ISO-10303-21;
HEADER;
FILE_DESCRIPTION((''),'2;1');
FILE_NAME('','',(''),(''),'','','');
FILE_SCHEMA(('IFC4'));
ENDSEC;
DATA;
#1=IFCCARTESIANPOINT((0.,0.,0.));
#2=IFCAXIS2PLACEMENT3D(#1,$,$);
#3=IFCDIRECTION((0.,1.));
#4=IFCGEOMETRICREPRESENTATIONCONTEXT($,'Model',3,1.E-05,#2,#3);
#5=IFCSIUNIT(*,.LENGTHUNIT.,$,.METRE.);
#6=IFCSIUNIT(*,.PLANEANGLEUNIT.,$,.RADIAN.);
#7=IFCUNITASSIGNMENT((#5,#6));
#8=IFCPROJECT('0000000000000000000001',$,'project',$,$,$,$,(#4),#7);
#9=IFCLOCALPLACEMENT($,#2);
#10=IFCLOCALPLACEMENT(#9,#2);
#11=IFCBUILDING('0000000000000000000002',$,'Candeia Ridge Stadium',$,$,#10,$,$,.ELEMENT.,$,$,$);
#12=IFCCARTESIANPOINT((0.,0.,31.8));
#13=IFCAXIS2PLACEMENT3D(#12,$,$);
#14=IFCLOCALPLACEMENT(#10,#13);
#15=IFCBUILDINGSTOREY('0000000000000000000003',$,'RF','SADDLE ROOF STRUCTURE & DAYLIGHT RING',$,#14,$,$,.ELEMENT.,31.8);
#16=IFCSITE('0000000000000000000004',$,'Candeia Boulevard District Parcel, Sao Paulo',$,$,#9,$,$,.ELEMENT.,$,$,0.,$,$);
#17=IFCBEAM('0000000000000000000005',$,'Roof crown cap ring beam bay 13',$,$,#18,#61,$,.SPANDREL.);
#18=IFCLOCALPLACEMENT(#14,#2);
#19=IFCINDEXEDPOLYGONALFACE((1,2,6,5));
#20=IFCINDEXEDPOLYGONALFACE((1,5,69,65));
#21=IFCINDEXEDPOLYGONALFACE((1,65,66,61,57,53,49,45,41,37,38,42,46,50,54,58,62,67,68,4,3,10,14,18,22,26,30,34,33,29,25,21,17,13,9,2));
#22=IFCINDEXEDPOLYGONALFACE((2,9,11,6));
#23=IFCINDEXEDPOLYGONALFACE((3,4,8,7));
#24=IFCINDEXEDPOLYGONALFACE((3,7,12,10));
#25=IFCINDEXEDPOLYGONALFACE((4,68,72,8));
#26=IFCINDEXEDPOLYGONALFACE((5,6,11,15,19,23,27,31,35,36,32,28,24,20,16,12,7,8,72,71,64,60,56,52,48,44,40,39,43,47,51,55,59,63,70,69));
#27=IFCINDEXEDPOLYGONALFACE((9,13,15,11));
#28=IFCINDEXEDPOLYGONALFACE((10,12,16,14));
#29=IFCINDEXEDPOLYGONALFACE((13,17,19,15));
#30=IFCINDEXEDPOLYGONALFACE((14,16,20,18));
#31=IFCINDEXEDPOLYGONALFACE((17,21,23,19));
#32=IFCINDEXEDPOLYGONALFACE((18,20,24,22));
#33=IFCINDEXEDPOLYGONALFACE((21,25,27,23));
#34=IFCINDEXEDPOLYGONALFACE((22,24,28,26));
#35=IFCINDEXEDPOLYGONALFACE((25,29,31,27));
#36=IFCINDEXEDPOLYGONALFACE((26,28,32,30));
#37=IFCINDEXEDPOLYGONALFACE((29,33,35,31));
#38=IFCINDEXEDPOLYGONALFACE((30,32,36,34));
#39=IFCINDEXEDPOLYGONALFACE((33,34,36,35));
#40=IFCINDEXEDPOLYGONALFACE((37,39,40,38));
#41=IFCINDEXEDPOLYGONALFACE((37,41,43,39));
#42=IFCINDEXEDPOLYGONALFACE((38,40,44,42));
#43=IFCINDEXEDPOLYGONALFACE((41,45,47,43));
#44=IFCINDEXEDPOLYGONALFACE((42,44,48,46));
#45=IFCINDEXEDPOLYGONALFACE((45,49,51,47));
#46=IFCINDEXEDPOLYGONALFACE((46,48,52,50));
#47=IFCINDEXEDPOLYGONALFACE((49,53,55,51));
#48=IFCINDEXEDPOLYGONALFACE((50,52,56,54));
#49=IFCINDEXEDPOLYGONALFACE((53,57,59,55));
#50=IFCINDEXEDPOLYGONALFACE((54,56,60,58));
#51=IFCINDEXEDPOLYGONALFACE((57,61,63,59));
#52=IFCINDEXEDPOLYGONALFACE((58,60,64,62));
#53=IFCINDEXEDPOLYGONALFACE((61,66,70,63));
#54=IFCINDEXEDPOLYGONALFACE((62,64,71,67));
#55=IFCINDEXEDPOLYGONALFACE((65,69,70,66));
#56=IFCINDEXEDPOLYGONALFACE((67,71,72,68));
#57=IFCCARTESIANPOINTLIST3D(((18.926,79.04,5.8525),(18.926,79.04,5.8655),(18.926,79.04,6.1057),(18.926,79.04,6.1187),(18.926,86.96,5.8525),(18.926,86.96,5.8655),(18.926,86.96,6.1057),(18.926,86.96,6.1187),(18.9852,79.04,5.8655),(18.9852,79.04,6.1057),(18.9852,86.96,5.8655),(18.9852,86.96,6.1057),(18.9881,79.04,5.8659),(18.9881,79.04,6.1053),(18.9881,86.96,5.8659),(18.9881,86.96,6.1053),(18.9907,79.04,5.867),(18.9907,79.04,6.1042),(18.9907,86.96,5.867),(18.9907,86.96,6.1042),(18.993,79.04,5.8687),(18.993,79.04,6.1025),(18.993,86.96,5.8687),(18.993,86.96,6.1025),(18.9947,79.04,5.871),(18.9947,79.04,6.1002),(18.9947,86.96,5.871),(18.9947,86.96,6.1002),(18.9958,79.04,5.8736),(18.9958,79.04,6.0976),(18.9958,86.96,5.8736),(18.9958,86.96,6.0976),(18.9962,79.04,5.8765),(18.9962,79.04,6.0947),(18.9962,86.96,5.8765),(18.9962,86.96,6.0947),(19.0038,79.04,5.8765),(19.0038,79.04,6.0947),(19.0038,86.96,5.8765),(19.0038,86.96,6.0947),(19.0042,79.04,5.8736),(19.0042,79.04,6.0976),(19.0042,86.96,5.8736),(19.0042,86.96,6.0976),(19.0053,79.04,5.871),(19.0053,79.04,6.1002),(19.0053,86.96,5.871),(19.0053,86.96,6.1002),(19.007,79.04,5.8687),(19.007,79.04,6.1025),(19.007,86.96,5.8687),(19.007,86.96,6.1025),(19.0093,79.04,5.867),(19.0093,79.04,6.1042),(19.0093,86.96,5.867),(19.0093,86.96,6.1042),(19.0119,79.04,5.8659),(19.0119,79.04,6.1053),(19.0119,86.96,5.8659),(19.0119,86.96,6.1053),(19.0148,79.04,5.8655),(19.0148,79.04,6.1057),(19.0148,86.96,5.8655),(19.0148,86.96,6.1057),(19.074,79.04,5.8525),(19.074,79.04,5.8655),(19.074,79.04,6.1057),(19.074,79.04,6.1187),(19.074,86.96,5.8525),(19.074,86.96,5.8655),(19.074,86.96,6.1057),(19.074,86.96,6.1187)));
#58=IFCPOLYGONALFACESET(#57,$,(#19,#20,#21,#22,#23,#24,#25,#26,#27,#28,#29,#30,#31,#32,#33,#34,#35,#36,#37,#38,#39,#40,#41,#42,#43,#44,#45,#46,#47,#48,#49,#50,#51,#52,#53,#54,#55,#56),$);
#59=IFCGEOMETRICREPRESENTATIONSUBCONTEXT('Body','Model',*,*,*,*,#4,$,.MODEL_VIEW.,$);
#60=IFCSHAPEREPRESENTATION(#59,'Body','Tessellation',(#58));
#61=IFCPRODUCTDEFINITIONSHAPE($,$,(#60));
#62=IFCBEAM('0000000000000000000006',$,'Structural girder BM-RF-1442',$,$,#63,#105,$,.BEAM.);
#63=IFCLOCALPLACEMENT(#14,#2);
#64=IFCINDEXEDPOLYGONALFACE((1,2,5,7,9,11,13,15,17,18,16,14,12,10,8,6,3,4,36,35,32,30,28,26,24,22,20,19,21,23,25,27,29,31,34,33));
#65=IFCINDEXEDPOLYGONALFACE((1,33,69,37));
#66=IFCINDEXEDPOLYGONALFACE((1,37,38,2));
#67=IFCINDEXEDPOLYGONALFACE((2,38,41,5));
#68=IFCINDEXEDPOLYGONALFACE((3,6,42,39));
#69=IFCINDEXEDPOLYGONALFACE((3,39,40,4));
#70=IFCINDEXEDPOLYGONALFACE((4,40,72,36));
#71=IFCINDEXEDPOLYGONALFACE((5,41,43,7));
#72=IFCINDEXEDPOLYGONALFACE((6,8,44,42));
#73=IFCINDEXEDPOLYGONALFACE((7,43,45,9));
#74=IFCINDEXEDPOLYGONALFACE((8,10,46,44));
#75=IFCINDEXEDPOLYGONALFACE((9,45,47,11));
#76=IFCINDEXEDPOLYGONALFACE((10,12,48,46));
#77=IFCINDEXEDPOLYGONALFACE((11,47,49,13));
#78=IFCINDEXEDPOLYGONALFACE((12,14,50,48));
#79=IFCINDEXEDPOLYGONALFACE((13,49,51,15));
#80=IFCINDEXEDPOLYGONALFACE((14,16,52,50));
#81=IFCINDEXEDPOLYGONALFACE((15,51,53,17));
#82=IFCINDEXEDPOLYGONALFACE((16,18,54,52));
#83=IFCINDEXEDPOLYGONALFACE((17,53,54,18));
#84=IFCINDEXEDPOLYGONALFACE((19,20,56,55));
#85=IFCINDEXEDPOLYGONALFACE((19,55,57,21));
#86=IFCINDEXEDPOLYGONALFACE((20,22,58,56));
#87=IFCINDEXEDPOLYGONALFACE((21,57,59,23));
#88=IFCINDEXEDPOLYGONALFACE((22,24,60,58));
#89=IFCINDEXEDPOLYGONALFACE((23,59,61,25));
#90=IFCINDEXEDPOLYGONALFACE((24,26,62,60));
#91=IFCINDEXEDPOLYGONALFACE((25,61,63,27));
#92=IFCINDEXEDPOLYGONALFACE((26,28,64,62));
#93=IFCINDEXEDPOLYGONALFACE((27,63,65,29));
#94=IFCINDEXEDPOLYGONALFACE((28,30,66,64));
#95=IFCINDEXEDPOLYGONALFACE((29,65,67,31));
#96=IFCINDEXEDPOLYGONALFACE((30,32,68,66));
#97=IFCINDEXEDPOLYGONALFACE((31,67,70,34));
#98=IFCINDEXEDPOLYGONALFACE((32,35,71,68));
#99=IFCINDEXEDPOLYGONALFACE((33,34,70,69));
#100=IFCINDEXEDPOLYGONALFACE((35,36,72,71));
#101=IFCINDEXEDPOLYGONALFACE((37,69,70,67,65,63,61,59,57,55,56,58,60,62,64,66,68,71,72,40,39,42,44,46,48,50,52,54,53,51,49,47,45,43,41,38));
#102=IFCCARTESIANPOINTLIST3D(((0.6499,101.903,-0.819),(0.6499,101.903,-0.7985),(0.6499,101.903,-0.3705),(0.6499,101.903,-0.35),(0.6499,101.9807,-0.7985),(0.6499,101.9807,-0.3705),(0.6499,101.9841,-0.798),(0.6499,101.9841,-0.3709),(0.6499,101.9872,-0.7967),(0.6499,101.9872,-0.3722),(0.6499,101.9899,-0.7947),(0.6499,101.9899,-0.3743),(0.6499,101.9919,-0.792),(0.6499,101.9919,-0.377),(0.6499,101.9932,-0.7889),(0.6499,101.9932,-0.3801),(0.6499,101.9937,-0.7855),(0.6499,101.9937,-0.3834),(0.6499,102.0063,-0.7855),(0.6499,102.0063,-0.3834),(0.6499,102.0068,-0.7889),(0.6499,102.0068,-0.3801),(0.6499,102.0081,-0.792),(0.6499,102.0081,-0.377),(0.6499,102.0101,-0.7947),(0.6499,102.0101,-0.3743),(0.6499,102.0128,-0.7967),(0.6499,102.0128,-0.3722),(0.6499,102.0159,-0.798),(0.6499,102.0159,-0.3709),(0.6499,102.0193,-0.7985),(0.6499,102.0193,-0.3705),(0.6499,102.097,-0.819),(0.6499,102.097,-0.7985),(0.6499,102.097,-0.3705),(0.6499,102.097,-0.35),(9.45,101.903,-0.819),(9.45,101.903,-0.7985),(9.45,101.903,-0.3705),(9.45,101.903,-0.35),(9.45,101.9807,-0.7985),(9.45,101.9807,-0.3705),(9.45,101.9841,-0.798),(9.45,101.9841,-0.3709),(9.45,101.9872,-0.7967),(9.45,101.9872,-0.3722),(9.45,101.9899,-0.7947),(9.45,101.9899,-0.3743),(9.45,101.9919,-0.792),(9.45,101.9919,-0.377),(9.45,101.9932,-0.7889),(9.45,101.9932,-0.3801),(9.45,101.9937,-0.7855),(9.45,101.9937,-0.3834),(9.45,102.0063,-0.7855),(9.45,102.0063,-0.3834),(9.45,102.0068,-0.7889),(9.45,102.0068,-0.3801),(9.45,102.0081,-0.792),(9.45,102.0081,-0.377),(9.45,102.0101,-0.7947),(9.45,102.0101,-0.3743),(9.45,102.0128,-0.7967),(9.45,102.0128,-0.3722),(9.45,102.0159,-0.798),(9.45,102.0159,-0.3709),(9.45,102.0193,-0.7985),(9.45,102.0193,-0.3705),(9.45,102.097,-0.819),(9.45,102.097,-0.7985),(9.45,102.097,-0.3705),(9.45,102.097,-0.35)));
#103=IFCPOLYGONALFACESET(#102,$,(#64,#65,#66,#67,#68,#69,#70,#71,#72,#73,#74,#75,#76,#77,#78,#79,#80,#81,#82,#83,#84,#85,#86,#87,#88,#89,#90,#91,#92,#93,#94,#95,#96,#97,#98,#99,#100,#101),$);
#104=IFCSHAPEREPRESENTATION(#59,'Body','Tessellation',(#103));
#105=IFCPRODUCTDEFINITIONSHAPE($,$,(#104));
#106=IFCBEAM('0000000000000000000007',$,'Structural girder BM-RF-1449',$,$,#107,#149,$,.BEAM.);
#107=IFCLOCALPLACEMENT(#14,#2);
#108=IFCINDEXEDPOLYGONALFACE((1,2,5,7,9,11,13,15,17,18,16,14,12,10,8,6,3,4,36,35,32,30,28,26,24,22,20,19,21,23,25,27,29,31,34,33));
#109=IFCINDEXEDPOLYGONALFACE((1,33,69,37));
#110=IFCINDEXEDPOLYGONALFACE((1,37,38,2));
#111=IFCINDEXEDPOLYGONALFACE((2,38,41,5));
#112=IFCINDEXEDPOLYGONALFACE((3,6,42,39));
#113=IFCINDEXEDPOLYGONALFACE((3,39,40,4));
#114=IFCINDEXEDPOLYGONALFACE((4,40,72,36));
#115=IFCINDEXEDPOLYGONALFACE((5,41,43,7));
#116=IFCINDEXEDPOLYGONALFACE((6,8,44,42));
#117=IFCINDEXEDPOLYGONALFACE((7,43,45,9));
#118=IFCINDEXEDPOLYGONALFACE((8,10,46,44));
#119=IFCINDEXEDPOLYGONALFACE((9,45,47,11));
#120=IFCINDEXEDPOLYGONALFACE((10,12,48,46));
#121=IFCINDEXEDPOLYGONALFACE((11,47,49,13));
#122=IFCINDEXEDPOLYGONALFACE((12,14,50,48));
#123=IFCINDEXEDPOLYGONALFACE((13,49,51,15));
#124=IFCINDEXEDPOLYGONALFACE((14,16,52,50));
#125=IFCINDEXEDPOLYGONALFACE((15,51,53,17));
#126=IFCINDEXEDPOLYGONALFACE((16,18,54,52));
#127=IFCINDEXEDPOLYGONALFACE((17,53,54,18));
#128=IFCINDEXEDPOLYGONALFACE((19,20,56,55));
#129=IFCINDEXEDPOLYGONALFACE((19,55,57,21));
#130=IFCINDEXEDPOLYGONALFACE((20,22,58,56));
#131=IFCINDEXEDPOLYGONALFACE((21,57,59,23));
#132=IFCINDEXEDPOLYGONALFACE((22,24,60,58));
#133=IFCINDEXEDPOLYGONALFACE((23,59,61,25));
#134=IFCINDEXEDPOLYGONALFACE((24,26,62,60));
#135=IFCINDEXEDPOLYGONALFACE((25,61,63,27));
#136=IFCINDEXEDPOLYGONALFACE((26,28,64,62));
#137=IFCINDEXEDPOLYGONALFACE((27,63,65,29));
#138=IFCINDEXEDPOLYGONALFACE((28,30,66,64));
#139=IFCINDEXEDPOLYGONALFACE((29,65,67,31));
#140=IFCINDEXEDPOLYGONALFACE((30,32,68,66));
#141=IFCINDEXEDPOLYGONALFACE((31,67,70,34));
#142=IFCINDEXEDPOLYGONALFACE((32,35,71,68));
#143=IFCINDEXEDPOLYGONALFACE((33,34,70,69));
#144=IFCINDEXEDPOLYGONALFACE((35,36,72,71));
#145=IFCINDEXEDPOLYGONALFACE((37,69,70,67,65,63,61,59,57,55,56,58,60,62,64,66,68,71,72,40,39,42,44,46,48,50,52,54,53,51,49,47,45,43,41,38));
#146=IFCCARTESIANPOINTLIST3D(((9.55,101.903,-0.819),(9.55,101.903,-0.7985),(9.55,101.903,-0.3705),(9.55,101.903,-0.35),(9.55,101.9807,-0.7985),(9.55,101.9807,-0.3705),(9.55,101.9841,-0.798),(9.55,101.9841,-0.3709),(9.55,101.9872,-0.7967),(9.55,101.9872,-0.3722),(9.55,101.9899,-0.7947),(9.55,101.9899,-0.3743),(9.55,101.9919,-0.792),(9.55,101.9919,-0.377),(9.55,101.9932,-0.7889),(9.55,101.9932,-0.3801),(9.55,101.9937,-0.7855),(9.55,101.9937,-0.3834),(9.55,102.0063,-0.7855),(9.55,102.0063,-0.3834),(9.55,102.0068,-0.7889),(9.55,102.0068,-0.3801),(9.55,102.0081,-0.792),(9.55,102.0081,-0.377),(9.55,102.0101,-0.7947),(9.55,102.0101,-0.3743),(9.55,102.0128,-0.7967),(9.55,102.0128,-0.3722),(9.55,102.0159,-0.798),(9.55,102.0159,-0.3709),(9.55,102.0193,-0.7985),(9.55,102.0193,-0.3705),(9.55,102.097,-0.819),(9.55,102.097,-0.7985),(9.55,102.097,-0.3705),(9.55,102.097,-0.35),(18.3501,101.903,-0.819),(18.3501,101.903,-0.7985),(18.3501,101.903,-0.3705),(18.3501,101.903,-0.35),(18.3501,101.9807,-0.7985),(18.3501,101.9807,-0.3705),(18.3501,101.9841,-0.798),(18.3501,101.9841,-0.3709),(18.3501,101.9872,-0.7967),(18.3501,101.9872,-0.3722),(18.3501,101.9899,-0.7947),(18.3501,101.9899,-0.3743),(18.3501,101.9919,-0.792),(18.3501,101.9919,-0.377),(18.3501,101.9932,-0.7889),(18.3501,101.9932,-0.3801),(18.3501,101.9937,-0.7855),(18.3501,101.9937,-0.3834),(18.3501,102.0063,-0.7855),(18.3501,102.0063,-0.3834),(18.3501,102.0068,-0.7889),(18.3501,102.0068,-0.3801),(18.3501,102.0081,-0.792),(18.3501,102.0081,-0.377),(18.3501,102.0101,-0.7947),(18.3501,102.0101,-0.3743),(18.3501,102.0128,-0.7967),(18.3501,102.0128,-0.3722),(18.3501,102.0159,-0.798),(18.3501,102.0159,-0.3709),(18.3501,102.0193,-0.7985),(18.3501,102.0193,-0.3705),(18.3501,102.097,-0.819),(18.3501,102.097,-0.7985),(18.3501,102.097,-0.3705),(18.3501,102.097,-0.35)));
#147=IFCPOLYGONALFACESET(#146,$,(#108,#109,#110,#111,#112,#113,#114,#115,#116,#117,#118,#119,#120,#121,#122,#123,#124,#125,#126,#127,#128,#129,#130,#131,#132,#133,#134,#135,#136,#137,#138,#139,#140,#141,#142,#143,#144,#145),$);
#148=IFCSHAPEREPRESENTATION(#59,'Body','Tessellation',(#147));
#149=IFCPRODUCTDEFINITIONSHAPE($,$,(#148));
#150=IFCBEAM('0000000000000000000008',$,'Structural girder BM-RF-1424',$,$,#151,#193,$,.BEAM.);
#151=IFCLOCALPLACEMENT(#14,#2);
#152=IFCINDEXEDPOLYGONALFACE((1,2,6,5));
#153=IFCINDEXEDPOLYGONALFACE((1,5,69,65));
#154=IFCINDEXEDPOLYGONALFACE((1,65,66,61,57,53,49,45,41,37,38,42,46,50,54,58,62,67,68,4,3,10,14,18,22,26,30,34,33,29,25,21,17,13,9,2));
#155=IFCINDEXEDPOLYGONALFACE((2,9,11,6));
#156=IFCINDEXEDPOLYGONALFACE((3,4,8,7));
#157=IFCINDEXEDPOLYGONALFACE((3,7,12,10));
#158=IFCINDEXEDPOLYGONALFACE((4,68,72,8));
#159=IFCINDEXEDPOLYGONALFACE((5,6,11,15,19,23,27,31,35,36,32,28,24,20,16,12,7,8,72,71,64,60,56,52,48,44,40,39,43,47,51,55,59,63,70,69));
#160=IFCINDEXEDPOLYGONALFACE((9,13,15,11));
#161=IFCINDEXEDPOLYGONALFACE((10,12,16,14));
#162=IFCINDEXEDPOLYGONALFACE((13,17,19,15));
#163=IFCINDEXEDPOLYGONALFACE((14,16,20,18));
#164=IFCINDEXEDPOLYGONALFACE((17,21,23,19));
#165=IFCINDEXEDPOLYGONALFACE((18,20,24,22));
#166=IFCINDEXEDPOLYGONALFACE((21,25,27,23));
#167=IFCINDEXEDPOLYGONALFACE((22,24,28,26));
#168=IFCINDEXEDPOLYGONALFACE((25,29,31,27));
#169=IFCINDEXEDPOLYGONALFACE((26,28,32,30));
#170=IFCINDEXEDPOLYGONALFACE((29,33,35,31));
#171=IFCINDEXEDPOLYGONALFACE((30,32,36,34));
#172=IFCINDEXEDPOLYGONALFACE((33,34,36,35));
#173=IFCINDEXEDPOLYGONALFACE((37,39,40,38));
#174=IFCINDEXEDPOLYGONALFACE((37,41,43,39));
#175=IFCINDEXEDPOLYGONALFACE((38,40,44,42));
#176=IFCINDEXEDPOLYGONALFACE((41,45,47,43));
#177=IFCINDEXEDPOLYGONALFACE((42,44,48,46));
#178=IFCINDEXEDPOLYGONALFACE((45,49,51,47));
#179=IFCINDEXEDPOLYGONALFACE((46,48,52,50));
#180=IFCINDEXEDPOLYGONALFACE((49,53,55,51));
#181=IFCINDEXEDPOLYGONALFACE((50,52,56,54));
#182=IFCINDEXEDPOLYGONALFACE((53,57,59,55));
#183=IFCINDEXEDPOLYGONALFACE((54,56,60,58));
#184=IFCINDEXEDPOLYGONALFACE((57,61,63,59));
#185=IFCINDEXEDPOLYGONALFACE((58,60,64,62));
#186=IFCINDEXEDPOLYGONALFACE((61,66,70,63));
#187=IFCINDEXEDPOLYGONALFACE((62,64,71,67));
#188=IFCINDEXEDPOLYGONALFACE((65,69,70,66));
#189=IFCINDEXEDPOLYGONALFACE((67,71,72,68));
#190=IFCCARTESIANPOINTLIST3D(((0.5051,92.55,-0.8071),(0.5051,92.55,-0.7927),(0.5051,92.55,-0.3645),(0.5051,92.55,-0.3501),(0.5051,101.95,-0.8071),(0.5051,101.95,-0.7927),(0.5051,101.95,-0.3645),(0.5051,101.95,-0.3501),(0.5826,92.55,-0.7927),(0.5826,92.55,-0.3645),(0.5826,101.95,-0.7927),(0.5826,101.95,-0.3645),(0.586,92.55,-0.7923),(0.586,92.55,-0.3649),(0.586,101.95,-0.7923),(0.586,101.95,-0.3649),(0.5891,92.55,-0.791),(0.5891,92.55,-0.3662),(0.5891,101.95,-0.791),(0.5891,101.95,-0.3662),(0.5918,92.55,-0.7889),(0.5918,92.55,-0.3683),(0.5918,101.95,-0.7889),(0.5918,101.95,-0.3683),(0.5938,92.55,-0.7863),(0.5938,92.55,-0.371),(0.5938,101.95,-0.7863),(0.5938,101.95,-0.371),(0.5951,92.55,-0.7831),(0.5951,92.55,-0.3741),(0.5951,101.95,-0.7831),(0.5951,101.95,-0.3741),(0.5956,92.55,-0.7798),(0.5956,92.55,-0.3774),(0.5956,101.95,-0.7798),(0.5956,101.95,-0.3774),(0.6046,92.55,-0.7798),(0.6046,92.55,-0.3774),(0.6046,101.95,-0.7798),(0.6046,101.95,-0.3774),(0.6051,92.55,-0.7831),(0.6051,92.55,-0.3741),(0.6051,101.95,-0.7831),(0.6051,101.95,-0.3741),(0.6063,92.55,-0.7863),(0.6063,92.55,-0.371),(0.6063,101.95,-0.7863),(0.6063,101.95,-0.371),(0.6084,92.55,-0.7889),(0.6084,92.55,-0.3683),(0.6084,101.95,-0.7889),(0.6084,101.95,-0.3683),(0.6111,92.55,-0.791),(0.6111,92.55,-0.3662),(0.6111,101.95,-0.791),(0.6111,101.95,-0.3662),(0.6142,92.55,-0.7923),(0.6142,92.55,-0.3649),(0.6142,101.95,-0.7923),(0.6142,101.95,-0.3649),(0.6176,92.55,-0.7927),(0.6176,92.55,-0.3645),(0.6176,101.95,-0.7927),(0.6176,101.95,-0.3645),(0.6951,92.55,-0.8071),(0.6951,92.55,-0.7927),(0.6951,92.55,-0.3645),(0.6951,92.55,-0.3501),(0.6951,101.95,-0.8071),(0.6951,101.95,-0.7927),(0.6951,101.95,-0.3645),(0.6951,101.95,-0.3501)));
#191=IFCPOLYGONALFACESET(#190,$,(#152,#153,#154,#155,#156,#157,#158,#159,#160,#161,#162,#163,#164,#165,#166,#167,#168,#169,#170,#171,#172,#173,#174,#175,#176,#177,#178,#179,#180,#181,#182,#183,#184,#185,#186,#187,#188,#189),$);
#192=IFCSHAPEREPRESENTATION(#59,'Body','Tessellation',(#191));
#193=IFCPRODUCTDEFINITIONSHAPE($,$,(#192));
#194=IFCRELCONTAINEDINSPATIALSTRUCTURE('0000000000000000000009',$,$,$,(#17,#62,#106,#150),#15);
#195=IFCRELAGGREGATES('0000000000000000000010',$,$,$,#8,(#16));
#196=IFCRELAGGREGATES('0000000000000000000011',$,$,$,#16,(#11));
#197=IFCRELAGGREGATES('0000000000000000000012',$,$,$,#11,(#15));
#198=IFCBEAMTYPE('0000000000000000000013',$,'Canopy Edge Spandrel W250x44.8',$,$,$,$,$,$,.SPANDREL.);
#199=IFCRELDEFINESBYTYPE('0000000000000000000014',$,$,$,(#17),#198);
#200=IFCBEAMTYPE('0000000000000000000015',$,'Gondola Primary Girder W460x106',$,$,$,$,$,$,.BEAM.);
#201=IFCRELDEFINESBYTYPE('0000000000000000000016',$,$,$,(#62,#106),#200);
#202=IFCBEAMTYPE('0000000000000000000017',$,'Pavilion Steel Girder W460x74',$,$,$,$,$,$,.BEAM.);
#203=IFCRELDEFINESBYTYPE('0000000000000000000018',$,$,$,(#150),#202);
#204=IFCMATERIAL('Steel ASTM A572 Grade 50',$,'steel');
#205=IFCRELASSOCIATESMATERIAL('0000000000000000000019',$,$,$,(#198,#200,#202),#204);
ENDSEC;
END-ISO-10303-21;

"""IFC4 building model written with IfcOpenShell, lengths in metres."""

from ifc_helpers import new_model, si_unit, direction, frame, origin, origin_2d, place, context, subcontext, project, spatial, i_section, extrude, material, material_profile, profile_set, type_object, element, save


model = new_model("IFC4")

# Units and contexts
model_context = context("Model", 3, precision=1e-05, world=origin(), true_north=direction((0.0, 1.0)))
body_context = subcontext(model_context, "Body", "Model", "MODEL_VIEW")
ifc_project = project(units=[si_unit("LENGTHUNIT", "METRE"), si_unit("PLANEANGLEUNIT", "RADIAN")], contexts=[model_context])

# Site, building, storey
site_placement = place(None, origin())
site = spatial("IfcSite", under=ifc_project, at=site_placement, Name="Candeia Boulevard District Parcel, Sao Paulo", CompositionType="ELEMENT", RefElevation=0.0)
building_placement = place(site_placement, origin())
building = spatial("IfcBuilding", under=site, at=building_placement, Name="Candeia Ridge Stadium", CompositionType="ELEMENT")
storey_placement = place(building_placement, frame((0.0, 0.0, 31.8)))
storey = spatial("IfcBuildingStorey", under=building, at=storey_placement, Name="RF", Description="SADDLE ROOF STRUCTURE & DAYLIGHT RING", CompositionType="ELEMENT", Elevation=31.8)

# Beams
ifc_material_1 = material(Name="Steel ASTM A572 Grade 50", Category="steel")
ifc_material_profile_1 = material_profile(ifc_material_1, i_section(OverallWidth=0.1479, OverallDepth=0.2661, WebThickness=0.0076, FlangeThickness=0.0129, FilletRadius=0.011, at=origin_2d()), Name="W250x44.8", Category="steel")
ifc_profile_set_1 = profile_set([ifc_material_profile_1], Name="Steel ASTM A572 Grade 50")
beam_type_1 = type_object("IfcBeamType", Name="Canopy Edge Spandrel W250x44.8", PredefinedType="SPANDREL", material=ifc_profile_set_1)
beam_1_placement = place(storey_placement, frame((19.0, 86.96, 5.9856), z_axis=(0.0, -1.0, 0.0), x_axis=(1.0, 0.0, 0.0)))
element("IfcBeam", 1, at=beam_1_placement, inside=storey, type_object=beam_type_1, Name="Roof crown cap ring beam bay 13", PredefinedType="SPANDREL", context=body_context, shape_type="SweptSolid", body=[
    extrude(i_section(OverallWidth=0.1479, OverallDepth=0.2661, WebThickness=0.0076, FlangeThickness=0.0129, FilletRadius=0.011, at=origin_2d()), origin(), (0.0, 0.0, 1.0), 7.9199),
])
ifc_material_profile_2 = material_profile(ifc_material_1, i_section(OverallWidth=0.1941, OverallDepth=0.469, WebThickness=0.0127, FlangeThickness=0.0205, FilletRadius=0.0129, at=origin_2d()), Name="W460x106", Category="steel")
ifc_profile_set_2 = profile_set([ifc_material_profile_2], Name="Steel ASTM A572 Grade 50")
beam_type_2 = type_object("IfcBeamType", Name="Gondola Primary Girder W460x106", PredefinedType="BEAM", material=ifc_profile_set_2)
for number, where, z_axis, x_axis, name in (
    (2, (0.6499, 102.0, -0.5845), (1.0, 0.0, 0.0), (0.0, 1.0, 0.0), "Structural girder BM-RF-1442"),
    (3, (9.55, 102.0, -0.5845), (1.0, 0.0, 0.0), (0.0, 1.0, 0.0), "Structural girder BM-RF-1449"),
):
    element("IfcBeam", number, at=place(storey_placement, frame(where, z_axis=z_axis, x_axis=x_axis)), inside=storey, type_object=beam_type_2, Name=name, PredefinedType="BEAM", context=body_context, shape_type="SweptSolid", body=[
        extrude(i_section(OverallWidth=0.1941, OverallDepth=0.469, WebThickness=0.0127, FlangeThickness=0.0205, FilletRadius=0.0129, at=origin_2d()), origin(), (0.0, 0.0, 1.0), 8.8),
    ])
ifc_material_profile_3 = material_profile(ifc_material_1, i_section(OverallWidth=0.1899, OverallDepth=0.457, WebThickness=0.009, FlangeThickness=0.0144, FilletRadius=0.0129, at=origin_2d()), Name="W460x74", Category="steel")
ifc_profile_set_3 = profile_set([ifc_material_profile_3], Name="Steel ASTM A572 Grade 50")
beam_type_3 = type_object("IfcBeamType", Name="Pavilion Steel Girder W460x74", PredefinedType="BEAM", material=ifc_profile_set_3)
for number, where, z_axis, x_axis, name in (
    (4, (0.6001, 92.55, -0.5786), (0.0, 1.0, 0.0), (-1.0, 0.0, 0.0), "Structural girder BM-RF-1424"),
):
    element("IfcBeam", number, at=place(storey_placement, frame(where, z_axis=z_axis, x_axis=x_axis)), inside=storey, type_object=beam_type_3, Name=name, PredefinedType="BEAM", context=body_context, shape_type="SweptSolid", body=[
        extrude(i_section(OverallWidth=0.1899, OverallDepth=0.457, WebThickness=0.009, FlangeThickness=0.0144, FilletRadius=0.0129, at=origin_2d()), origin(), (0.0, 0.0, 1.0), 9.3999),
    ])

save(model, "model.ifc")
